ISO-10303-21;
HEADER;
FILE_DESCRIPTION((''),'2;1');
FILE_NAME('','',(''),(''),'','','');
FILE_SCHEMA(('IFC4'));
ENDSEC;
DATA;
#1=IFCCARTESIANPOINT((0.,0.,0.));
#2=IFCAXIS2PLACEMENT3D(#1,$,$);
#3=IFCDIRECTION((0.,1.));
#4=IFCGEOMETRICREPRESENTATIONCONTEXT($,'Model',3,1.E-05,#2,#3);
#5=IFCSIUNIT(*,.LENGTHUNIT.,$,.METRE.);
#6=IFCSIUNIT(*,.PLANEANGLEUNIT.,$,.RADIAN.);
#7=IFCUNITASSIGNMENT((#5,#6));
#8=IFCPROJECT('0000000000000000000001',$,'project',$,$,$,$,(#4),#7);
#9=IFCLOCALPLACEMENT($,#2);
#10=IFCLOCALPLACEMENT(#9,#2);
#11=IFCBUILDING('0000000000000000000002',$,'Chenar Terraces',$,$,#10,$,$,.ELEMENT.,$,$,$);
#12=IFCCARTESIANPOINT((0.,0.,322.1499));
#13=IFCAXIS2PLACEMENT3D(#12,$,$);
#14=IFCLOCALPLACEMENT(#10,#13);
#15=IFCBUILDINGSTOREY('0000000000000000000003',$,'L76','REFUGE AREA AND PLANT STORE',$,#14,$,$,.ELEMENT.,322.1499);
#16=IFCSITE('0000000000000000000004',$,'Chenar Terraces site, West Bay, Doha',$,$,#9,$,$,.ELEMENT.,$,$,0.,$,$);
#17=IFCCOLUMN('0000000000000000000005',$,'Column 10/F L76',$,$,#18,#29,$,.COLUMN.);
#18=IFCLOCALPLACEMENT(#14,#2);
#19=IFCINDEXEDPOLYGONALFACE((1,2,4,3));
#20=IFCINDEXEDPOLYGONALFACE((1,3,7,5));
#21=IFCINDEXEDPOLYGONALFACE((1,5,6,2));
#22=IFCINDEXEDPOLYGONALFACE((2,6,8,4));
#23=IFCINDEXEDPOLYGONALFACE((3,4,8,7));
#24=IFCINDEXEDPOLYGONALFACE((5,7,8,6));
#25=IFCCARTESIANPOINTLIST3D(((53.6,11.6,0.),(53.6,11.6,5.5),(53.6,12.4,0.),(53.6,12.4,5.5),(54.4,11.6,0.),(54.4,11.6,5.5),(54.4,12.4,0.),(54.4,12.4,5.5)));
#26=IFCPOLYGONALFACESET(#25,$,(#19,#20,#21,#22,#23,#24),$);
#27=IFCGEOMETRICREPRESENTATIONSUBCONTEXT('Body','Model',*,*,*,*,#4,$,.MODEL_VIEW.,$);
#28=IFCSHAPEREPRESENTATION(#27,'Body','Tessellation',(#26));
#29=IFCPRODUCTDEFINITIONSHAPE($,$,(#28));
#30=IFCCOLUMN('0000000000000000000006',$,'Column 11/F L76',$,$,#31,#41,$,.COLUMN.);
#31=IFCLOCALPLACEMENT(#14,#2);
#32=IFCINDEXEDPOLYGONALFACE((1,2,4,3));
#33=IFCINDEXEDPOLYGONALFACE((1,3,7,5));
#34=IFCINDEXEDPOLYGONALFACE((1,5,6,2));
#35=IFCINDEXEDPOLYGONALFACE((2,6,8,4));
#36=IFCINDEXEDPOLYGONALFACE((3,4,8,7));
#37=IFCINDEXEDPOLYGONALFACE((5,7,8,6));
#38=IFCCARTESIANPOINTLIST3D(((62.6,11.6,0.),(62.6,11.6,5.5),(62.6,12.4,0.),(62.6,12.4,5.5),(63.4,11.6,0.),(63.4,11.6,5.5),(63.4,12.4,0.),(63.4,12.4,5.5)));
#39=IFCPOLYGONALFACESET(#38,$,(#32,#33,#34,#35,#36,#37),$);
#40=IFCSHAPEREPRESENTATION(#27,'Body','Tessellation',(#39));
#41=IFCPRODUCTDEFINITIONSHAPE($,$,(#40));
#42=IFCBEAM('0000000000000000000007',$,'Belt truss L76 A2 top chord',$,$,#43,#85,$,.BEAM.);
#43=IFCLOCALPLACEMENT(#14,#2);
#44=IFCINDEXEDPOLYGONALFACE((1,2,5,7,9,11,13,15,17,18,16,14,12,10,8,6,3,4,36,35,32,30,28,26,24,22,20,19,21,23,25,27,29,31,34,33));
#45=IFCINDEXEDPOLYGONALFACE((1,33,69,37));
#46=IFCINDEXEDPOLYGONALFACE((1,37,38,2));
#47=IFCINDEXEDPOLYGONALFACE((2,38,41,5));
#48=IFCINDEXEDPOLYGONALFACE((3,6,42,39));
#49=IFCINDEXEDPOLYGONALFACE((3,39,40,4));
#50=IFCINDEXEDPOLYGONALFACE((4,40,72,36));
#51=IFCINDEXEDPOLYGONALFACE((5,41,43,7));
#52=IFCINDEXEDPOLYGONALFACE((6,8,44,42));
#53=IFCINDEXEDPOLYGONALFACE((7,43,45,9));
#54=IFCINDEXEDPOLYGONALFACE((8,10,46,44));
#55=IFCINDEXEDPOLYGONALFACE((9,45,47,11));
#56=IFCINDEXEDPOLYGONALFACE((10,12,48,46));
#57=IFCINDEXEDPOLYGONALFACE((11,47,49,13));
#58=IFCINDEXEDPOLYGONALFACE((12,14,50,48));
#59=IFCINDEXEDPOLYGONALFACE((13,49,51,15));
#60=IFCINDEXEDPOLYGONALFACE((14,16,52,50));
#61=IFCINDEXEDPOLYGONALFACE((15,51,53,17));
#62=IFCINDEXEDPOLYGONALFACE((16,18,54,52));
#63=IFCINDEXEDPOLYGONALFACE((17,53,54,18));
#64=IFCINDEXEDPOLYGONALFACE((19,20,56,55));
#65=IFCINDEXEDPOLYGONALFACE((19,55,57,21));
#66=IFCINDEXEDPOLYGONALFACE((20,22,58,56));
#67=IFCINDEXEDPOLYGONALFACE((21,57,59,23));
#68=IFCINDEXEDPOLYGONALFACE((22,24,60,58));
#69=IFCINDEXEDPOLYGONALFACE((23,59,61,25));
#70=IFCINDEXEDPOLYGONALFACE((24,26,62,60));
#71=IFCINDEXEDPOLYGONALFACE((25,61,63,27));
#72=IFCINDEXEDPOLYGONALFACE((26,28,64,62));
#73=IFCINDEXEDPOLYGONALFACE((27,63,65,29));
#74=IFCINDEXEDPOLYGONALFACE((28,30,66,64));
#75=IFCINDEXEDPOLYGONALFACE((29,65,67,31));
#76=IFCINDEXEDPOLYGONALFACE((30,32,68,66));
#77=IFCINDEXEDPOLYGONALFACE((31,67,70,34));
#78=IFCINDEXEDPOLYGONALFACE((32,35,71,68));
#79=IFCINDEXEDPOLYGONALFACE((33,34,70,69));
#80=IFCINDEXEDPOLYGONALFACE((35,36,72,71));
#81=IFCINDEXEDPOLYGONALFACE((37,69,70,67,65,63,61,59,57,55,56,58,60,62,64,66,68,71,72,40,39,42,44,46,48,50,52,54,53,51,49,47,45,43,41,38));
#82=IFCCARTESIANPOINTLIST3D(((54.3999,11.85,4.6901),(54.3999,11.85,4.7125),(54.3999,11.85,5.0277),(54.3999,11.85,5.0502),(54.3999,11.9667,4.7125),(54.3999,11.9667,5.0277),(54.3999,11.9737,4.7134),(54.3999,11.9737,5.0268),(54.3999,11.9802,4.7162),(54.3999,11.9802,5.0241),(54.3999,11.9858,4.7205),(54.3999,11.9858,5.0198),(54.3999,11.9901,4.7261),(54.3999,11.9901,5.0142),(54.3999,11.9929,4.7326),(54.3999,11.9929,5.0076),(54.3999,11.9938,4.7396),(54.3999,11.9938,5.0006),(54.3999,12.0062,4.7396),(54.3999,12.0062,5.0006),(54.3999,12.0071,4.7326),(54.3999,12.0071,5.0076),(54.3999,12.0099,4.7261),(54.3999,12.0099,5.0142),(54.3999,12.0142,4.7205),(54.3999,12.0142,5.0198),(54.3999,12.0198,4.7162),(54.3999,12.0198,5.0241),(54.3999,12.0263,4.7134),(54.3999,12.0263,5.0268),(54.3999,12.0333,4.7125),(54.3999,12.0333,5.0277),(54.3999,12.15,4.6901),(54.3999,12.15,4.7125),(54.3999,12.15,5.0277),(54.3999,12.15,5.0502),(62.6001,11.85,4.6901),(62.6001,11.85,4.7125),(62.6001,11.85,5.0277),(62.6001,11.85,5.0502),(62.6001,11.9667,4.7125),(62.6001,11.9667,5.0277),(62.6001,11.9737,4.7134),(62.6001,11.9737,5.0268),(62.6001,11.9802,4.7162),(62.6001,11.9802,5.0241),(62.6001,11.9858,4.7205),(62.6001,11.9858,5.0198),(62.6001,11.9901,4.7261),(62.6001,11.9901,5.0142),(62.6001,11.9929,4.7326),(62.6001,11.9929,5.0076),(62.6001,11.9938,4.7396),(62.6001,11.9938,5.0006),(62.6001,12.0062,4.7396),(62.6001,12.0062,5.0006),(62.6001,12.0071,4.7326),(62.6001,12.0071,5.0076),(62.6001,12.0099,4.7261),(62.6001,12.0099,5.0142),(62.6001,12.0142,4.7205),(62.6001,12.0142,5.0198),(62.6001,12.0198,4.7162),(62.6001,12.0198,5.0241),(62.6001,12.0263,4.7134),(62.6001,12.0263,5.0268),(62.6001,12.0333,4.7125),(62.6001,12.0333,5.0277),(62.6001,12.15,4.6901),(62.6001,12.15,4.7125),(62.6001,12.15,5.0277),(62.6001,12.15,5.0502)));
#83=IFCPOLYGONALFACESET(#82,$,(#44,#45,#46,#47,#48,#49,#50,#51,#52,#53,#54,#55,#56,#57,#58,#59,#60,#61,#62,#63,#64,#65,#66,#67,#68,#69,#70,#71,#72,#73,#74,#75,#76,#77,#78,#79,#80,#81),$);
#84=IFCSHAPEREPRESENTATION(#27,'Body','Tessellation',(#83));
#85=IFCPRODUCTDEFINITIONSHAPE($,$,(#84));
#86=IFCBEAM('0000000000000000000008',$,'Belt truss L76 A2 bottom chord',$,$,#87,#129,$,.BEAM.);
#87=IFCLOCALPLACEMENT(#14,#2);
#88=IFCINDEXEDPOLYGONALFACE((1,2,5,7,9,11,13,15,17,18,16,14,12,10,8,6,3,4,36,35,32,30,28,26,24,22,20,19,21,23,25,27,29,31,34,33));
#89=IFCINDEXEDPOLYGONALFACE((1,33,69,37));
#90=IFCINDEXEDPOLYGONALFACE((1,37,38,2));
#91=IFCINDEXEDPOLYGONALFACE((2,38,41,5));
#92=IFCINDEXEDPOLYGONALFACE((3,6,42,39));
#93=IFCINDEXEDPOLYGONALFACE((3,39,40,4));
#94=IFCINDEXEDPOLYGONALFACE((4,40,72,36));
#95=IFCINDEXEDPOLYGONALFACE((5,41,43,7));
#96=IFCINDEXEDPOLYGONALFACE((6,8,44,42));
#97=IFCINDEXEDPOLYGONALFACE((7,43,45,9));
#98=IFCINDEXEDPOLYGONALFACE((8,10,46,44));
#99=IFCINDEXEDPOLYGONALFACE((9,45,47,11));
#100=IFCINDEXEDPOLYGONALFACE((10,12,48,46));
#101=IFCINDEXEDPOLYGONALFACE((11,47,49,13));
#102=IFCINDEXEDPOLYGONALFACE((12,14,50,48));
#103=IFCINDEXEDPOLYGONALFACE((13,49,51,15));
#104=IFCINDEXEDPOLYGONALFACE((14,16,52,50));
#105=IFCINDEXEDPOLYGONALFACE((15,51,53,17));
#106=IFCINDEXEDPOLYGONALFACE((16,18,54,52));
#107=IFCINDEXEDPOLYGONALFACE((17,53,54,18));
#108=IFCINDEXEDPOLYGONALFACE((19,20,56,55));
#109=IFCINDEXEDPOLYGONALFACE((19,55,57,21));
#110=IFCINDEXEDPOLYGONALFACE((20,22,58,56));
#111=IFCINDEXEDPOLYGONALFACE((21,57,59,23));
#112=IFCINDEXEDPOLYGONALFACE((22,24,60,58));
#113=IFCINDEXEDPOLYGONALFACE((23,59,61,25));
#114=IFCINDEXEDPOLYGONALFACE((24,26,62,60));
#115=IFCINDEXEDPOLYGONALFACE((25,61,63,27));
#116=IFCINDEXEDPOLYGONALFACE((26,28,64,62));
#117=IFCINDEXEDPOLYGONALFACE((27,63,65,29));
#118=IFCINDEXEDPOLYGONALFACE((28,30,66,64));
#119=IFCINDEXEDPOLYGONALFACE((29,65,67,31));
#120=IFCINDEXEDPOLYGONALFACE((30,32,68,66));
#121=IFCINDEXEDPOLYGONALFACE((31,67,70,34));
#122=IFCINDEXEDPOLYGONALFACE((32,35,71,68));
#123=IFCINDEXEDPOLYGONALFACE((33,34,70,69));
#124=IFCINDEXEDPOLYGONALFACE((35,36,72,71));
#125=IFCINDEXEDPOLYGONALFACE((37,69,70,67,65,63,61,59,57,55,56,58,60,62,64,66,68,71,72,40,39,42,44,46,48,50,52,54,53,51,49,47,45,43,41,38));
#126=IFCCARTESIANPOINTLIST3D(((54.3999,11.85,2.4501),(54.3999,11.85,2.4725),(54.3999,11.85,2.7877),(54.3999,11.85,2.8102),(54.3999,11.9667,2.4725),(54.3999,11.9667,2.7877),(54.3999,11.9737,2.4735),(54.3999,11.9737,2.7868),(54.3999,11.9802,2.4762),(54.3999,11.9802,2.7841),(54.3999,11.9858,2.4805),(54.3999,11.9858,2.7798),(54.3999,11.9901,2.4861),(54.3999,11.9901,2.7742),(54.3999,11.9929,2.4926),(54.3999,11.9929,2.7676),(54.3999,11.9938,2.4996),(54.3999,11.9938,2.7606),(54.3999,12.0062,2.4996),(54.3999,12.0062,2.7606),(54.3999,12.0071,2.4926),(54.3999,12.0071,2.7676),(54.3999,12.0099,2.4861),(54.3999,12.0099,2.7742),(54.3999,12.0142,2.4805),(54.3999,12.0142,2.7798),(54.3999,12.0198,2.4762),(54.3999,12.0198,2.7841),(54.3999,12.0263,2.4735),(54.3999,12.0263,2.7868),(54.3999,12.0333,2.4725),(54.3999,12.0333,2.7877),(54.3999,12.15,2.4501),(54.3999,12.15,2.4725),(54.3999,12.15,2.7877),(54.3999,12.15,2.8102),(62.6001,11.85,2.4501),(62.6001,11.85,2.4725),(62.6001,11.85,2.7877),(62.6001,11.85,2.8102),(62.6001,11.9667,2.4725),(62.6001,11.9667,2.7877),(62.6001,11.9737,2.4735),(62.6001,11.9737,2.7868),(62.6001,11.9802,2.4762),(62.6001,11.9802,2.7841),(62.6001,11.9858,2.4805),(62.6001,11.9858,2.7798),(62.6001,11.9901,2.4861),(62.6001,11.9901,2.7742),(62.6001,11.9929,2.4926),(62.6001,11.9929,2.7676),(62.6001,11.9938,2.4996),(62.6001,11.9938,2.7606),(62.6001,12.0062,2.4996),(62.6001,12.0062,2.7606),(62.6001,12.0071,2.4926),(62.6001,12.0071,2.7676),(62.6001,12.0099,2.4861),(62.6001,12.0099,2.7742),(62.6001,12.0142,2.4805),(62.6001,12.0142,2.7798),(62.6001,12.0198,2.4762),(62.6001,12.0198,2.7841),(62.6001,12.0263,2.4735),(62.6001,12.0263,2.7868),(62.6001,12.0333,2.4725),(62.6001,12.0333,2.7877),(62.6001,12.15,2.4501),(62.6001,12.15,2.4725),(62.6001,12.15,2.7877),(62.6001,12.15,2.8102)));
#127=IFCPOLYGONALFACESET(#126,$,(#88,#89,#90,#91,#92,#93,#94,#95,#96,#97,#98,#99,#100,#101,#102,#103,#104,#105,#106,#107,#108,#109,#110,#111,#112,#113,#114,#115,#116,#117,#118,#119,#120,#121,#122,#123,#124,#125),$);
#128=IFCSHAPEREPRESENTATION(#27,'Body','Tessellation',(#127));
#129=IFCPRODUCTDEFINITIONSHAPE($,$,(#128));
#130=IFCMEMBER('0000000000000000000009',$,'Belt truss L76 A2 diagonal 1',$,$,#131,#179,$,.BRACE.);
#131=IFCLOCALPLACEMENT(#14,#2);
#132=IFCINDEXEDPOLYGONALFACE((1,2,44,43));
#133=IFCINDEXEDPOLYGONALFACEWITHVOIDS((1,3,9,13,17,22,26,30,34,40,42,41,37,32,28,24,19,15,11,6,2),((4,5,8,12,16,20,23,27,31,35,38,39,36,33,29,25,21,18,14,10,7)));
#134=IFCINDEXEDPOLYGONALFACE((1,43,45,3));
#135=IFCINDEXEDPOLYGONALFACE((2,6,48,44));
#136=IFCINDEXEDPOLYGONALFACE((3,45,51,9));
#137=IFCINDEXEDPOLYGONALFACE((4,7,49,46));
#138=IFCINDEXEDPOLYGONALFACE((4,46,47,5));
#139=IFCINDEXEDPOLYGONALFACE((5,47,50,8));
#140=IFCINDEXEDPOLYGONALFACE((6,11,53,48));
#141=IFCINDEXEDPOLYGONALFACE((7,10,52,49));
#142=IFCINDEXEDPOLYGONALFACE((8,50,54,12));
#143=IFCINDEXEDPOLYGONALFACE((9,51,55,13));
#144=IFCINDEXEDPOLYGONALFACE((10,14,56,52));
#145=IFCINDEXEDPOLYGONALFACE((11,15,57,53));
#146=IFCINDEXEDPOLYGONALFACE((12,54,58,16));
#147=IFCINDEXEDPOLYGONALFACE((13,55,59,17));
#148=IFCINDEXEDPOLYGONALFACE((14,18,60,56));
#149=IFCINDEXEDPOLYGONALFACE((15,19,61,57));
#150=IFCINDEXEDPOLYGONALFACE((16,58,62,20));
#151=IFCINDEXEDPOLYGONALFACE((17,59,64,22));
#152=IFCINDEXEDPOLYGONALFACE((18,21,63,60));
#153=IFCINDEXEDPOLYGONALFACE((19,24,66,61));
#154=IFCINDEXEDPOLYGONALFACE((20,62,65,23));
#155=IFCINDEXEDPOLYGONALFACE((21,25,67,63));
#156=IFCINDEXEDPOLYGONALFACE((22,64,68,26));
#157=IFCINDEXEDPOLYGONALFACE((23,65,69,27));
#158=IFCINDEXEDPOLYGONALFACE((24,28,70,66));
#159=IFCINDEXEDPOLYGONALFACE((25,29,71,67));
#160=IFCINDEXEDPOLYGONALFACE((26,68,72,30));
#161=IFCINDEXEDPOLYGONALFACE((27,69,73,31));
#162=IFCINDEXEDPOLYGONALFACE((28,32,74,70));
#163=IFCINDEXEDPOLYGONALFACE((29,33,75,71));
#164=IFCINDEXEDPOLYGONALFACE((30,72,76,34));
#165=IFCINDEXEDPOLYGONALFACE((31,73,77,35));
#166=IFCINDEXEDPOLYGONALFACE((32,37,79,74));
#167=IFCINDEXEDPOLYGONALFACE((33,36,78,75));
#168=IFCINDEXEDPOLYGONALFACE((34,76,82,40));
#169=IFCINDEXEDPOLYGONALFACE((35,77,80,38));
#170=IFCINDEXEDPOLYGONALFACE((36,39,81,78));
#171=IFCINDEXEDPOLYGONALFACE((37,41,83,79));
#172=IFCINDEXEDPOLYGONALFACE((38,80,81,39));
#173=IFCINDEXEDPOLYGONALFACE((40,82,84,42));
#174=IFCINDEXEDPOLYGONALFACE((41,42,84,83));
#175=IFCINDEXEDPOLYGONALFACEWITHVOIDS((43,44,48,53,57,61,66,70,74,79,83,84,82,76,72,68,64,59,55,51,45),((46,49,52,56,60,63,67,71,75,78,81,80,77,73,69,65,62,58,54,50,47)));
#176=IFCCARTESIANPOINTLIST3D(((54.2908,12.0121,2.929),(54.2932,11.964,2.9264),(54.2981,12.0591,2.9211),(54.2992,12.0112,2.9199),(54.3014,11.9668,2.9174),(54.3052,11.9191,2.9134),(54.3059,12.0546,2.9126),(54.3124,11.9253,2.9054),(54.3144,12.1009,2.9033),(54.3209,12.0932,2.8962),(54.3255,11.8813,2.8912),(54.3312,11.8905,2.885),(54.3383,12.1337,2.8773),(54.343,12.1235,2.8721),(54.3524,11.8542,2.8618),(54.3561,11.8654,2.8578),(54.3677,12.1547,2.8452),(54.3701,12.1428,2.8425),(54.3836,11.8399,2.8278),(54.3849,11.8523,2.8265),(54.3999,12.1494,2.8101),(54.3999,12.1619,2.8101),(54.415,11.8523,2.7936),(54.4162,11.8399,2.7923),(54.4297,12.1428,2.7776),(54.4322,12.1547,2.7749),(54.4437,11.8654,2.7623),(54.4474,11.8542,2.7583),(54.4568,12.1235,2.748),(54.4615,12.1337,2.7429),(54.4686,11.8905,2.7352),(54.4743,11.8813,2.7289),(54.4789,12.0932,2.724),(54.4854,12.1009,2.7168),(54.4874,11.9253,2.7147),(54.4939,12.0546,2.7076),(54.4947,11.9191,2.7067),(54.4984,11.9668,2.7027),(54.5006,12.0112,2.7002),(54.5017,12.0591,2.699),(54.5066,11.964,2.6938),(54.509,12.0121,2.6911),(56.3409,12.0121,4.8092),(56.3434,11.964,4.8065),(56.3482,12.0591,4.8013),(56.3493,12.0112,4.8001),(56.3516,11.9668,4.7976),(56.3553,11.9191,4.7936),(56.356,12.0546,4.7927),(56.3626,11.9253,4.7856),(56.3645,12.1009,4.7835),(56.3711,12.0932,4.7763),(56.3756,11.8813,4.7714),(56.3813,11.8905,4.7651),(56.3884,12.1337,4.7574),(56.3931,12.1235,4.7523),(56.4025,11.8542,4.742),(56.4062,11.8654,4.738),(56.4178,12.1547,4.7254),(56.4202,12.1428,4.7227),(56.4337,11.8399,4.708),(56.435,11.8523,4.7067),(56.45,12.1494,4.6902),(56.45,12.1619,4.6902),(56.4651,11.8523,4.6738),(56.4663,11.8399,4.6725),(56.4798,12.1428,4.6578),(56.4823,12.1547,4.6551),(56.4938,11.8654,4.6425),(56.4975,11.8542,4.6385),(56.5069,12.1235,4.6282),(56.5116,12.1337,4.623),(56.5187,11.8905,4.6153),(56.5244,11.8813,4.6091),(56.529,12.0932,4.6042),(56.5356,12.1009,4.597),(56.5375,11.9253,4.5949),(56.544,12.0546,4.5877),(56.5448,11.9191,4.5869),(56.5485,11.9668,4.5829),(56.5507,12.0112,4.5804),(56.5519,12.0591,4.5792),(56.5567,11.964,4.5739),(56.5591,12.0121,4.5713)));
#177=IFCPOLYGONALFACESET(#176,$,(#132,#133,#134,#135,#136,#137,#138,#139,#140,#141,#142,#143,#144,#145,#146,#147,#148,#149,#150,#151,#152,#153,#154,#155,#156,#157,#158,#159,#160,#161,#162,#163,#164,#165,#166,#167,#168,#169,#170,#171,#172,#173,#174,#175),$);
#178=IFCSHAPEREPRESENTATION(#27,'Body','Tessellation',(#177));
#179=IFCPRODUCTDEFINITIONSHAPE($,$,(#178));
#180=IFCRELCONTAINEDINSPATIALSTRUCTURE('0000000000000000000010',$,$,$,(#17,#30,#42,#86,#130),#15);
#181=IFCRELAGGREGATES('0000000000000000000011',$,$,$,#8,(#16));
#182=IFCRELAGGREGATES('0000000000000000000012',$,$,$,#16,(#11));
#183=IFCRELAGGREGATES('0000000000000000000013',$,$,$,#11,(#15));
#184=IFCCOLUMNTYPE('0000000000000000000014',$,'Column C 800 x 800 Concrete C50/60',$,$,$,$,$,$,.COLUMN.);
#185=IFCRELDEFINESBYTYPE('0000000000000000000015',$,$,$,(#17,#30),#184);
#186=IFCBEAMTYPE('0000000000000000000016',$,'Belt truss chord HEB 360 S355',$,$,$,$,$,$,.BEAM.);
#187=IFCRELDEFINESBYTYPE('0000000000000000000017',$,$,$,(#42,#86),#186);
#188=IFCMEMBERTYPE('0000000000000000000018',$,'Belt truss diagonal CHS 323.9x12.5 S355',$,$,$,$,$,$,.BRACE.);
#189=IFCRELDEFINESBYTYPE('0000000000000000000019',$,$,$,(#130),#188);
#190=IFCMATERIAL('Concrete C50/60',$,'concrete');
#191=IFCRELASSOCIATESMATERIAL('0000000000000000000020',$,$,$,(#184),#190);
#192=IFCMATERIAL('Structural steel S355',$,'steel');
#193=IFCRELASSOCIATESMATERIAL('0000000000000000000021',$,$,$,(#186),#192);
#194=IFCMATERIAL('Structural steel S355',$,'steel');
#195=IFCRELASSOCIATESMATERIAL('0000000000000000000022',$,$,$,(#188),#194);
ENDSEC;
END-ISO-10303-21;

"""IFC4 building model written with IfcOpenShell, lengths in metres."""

from ifc_helpers import new_model, si_unit, direction, frame, origin, origin_2d, place, context, subcontext, project, spatial, rectangle, hollow_circle, i_section, extrude, material, material_profile, profile_set, type_object, element, save


model = new_model("IFC4")

# Units and contexts
model_context = context("Model", 3, precision=1e-05, world=origin(), true_north=direction((0.0, 1.0)))
body_context = subcontext(model_context, "Body", "Model", "MODEL_VIEW")
ifc_project = project(units=[si_unit("LENGTHUNIT", "METRE"), si_unit("PLANEANGLEUNIT", "RADIAN")], contexts=[model_context])

# Site, building, storey
site_placement = place(None, origin())
site = spatial("IfcSite", under=ifc_project, at=site_placement, Name="Chenar Terraces site, West Bay, Doha", CompositionType="ELEMENT", RefElevation=0.0)
building_placement = place(site_placement, origin())
building = spatial("IfcBuilding", under=site, at=building_placement, Name="Chenar Terraces", CompositionType="ELEMENT")
storey_placement = place(building_placement, frame((0.0, 0.0, 322.1499)))
storey = spatial("IfcBuildingStorey", under=building, at=storey_placement, Name="L76", Description="REFUGE AREA AND PLANT STORE", CompositionType="ELEMENT", Elevation=322.1499)

# Columns
ifc_material_1 = material(Name="Concrete C50/60", Category="concrete")
ifc_material_profile_1 = material_profile(ifc_material_1, rectangle(XDim=0.8, YDim=0.8, at=origin_2d()), Name="C 800 x 800")
ifc_profile_set_1 = profile_set([ifc_material_profile_1], Name="Concrete C50/60")
column_type = type_object("IfcColumnType", Name="Column C 800 x 800 Concrete C50/60", PredefinedType="COLUMN", material=ifc_profile_set_1)
for number, where, z_axis, x_axis, name in (
    (1, (54.0, 12.0, 0.0), (0.0, 0.0, 1.0), (1.0, 0.0, 0.0), "Column 10/F L76"),
    (2, (63.0, 12.0, 0.0), (0.0, 0.0, 1.0), (1.0, 0.0, 0.0), "Column 11/F L76"),
):
    element("IfcColumn", number, at=place(storey_placement, frame(where, z_axis=z_axis, x_axis=x_axis)), inside=storey, type_object=column_type, Name=name, PredefinedType="COLUMN", context=body_context, shape_type="SweptSolid", body=[
        extrude(rectangle(XDim=0.8, YDim=0.8, at=origin_2d()), origin(), (0.0, 0.0, 1.0), 5.5),
    ])

# Beams
ifc_material_2 = material(Name="Structural steel S355", Category="steel")
ifc_material_profile_2 = material_profile(ifc_material_2, i_section(OverallWidth=0.3, OverallDepth=0.3601, WebThickness=0.0125, FlangeThickness=0.0225, FilletRadius=0.0271, at=origin_2d()), Name="HEB 360")
ifc_profile_set_2 = profile_set([ifc_material_profile_2], Name="Structural steel S355")
beam_type_1 = type_object("IfcBeamType", Name="Belt truss chord HEB 360 S355", PredefinedType="BEAM", material=ifc_profile_set_2)
for number, where, z_axis, x_axis, name in (
    (3, (54.3999, 12.0, 4.8701), (1.0, 0.0, 0.0), (0.0, 1.0, 0.0), "Belt truss L76 A2 top chord"),
    (4, (54.3999, 12.0, 2.6301), (1.0, 0.0, 0.0), (0.0, 1.0, 0.0), "Belt truss L76 A2 bottom chord"),
):
    element("IfcBeam", number, at=place(storey_placement, frame(where, z_axis=z_axis, x_axis=x_axis)), inside=storey, type_object=beam_type_1, Name=name, PredefinedType="BEAM", context=body_context, shape_type="SweptSolid", body=[
        extrude(i_section(OverallWidth=0.3, OverallDepth=0.3601, WebThickness=0.0125, FlangeThickness=0.0225, FilletRadius=0.0271, at=origin_2d()), origin(), (0.0, 0.0, 1.0), 8.2002),
    ])

# Member
ifc_material_3 = material(Name="Structural steel S355", Category="steel")
ifc_material_profile_3 = material_profile(ifc_material_3, hollow_circle(Radius=0.1619, WallThickness=0.0125, at=origin_2d()), Name="CHS 323.9x12.5")
ifc_profile_set_3 = profile_set([ifc_material_profile_3], Name="Structural steel S355")
member_type = type_object("IfcMemberType", Name="Belt truss diagonal CHS 323.9x12.5 S355", PredefinedType="BRACE", material=ifc_profile_set_3)
for number, where, z_axis, x_axis, name in (
    (5, (54.3999, 12.0, 2.8101), (0.73699, 0.0, 0.675903), (0.0, 1.0, 0.0), "Belt truss L76 A2 diagonal 1"),
):
    element("IfcMember", number, at=place(storey_placement, frame(where, z_axis=z_axis, x_axis=x_axis)), inside=storey, type_object=member_type, Name=name, PredefinedType="BRACE", context=body_context, shape_type="SweptSolid", body=[
        extrude(hollow_circle(Radius=0.1619, WallThickness=0.0125, at=origin_2d()), origin(), (0.0, 0.0, 1.0), 2.7817),
    ])

save(model, "model.ifc")
